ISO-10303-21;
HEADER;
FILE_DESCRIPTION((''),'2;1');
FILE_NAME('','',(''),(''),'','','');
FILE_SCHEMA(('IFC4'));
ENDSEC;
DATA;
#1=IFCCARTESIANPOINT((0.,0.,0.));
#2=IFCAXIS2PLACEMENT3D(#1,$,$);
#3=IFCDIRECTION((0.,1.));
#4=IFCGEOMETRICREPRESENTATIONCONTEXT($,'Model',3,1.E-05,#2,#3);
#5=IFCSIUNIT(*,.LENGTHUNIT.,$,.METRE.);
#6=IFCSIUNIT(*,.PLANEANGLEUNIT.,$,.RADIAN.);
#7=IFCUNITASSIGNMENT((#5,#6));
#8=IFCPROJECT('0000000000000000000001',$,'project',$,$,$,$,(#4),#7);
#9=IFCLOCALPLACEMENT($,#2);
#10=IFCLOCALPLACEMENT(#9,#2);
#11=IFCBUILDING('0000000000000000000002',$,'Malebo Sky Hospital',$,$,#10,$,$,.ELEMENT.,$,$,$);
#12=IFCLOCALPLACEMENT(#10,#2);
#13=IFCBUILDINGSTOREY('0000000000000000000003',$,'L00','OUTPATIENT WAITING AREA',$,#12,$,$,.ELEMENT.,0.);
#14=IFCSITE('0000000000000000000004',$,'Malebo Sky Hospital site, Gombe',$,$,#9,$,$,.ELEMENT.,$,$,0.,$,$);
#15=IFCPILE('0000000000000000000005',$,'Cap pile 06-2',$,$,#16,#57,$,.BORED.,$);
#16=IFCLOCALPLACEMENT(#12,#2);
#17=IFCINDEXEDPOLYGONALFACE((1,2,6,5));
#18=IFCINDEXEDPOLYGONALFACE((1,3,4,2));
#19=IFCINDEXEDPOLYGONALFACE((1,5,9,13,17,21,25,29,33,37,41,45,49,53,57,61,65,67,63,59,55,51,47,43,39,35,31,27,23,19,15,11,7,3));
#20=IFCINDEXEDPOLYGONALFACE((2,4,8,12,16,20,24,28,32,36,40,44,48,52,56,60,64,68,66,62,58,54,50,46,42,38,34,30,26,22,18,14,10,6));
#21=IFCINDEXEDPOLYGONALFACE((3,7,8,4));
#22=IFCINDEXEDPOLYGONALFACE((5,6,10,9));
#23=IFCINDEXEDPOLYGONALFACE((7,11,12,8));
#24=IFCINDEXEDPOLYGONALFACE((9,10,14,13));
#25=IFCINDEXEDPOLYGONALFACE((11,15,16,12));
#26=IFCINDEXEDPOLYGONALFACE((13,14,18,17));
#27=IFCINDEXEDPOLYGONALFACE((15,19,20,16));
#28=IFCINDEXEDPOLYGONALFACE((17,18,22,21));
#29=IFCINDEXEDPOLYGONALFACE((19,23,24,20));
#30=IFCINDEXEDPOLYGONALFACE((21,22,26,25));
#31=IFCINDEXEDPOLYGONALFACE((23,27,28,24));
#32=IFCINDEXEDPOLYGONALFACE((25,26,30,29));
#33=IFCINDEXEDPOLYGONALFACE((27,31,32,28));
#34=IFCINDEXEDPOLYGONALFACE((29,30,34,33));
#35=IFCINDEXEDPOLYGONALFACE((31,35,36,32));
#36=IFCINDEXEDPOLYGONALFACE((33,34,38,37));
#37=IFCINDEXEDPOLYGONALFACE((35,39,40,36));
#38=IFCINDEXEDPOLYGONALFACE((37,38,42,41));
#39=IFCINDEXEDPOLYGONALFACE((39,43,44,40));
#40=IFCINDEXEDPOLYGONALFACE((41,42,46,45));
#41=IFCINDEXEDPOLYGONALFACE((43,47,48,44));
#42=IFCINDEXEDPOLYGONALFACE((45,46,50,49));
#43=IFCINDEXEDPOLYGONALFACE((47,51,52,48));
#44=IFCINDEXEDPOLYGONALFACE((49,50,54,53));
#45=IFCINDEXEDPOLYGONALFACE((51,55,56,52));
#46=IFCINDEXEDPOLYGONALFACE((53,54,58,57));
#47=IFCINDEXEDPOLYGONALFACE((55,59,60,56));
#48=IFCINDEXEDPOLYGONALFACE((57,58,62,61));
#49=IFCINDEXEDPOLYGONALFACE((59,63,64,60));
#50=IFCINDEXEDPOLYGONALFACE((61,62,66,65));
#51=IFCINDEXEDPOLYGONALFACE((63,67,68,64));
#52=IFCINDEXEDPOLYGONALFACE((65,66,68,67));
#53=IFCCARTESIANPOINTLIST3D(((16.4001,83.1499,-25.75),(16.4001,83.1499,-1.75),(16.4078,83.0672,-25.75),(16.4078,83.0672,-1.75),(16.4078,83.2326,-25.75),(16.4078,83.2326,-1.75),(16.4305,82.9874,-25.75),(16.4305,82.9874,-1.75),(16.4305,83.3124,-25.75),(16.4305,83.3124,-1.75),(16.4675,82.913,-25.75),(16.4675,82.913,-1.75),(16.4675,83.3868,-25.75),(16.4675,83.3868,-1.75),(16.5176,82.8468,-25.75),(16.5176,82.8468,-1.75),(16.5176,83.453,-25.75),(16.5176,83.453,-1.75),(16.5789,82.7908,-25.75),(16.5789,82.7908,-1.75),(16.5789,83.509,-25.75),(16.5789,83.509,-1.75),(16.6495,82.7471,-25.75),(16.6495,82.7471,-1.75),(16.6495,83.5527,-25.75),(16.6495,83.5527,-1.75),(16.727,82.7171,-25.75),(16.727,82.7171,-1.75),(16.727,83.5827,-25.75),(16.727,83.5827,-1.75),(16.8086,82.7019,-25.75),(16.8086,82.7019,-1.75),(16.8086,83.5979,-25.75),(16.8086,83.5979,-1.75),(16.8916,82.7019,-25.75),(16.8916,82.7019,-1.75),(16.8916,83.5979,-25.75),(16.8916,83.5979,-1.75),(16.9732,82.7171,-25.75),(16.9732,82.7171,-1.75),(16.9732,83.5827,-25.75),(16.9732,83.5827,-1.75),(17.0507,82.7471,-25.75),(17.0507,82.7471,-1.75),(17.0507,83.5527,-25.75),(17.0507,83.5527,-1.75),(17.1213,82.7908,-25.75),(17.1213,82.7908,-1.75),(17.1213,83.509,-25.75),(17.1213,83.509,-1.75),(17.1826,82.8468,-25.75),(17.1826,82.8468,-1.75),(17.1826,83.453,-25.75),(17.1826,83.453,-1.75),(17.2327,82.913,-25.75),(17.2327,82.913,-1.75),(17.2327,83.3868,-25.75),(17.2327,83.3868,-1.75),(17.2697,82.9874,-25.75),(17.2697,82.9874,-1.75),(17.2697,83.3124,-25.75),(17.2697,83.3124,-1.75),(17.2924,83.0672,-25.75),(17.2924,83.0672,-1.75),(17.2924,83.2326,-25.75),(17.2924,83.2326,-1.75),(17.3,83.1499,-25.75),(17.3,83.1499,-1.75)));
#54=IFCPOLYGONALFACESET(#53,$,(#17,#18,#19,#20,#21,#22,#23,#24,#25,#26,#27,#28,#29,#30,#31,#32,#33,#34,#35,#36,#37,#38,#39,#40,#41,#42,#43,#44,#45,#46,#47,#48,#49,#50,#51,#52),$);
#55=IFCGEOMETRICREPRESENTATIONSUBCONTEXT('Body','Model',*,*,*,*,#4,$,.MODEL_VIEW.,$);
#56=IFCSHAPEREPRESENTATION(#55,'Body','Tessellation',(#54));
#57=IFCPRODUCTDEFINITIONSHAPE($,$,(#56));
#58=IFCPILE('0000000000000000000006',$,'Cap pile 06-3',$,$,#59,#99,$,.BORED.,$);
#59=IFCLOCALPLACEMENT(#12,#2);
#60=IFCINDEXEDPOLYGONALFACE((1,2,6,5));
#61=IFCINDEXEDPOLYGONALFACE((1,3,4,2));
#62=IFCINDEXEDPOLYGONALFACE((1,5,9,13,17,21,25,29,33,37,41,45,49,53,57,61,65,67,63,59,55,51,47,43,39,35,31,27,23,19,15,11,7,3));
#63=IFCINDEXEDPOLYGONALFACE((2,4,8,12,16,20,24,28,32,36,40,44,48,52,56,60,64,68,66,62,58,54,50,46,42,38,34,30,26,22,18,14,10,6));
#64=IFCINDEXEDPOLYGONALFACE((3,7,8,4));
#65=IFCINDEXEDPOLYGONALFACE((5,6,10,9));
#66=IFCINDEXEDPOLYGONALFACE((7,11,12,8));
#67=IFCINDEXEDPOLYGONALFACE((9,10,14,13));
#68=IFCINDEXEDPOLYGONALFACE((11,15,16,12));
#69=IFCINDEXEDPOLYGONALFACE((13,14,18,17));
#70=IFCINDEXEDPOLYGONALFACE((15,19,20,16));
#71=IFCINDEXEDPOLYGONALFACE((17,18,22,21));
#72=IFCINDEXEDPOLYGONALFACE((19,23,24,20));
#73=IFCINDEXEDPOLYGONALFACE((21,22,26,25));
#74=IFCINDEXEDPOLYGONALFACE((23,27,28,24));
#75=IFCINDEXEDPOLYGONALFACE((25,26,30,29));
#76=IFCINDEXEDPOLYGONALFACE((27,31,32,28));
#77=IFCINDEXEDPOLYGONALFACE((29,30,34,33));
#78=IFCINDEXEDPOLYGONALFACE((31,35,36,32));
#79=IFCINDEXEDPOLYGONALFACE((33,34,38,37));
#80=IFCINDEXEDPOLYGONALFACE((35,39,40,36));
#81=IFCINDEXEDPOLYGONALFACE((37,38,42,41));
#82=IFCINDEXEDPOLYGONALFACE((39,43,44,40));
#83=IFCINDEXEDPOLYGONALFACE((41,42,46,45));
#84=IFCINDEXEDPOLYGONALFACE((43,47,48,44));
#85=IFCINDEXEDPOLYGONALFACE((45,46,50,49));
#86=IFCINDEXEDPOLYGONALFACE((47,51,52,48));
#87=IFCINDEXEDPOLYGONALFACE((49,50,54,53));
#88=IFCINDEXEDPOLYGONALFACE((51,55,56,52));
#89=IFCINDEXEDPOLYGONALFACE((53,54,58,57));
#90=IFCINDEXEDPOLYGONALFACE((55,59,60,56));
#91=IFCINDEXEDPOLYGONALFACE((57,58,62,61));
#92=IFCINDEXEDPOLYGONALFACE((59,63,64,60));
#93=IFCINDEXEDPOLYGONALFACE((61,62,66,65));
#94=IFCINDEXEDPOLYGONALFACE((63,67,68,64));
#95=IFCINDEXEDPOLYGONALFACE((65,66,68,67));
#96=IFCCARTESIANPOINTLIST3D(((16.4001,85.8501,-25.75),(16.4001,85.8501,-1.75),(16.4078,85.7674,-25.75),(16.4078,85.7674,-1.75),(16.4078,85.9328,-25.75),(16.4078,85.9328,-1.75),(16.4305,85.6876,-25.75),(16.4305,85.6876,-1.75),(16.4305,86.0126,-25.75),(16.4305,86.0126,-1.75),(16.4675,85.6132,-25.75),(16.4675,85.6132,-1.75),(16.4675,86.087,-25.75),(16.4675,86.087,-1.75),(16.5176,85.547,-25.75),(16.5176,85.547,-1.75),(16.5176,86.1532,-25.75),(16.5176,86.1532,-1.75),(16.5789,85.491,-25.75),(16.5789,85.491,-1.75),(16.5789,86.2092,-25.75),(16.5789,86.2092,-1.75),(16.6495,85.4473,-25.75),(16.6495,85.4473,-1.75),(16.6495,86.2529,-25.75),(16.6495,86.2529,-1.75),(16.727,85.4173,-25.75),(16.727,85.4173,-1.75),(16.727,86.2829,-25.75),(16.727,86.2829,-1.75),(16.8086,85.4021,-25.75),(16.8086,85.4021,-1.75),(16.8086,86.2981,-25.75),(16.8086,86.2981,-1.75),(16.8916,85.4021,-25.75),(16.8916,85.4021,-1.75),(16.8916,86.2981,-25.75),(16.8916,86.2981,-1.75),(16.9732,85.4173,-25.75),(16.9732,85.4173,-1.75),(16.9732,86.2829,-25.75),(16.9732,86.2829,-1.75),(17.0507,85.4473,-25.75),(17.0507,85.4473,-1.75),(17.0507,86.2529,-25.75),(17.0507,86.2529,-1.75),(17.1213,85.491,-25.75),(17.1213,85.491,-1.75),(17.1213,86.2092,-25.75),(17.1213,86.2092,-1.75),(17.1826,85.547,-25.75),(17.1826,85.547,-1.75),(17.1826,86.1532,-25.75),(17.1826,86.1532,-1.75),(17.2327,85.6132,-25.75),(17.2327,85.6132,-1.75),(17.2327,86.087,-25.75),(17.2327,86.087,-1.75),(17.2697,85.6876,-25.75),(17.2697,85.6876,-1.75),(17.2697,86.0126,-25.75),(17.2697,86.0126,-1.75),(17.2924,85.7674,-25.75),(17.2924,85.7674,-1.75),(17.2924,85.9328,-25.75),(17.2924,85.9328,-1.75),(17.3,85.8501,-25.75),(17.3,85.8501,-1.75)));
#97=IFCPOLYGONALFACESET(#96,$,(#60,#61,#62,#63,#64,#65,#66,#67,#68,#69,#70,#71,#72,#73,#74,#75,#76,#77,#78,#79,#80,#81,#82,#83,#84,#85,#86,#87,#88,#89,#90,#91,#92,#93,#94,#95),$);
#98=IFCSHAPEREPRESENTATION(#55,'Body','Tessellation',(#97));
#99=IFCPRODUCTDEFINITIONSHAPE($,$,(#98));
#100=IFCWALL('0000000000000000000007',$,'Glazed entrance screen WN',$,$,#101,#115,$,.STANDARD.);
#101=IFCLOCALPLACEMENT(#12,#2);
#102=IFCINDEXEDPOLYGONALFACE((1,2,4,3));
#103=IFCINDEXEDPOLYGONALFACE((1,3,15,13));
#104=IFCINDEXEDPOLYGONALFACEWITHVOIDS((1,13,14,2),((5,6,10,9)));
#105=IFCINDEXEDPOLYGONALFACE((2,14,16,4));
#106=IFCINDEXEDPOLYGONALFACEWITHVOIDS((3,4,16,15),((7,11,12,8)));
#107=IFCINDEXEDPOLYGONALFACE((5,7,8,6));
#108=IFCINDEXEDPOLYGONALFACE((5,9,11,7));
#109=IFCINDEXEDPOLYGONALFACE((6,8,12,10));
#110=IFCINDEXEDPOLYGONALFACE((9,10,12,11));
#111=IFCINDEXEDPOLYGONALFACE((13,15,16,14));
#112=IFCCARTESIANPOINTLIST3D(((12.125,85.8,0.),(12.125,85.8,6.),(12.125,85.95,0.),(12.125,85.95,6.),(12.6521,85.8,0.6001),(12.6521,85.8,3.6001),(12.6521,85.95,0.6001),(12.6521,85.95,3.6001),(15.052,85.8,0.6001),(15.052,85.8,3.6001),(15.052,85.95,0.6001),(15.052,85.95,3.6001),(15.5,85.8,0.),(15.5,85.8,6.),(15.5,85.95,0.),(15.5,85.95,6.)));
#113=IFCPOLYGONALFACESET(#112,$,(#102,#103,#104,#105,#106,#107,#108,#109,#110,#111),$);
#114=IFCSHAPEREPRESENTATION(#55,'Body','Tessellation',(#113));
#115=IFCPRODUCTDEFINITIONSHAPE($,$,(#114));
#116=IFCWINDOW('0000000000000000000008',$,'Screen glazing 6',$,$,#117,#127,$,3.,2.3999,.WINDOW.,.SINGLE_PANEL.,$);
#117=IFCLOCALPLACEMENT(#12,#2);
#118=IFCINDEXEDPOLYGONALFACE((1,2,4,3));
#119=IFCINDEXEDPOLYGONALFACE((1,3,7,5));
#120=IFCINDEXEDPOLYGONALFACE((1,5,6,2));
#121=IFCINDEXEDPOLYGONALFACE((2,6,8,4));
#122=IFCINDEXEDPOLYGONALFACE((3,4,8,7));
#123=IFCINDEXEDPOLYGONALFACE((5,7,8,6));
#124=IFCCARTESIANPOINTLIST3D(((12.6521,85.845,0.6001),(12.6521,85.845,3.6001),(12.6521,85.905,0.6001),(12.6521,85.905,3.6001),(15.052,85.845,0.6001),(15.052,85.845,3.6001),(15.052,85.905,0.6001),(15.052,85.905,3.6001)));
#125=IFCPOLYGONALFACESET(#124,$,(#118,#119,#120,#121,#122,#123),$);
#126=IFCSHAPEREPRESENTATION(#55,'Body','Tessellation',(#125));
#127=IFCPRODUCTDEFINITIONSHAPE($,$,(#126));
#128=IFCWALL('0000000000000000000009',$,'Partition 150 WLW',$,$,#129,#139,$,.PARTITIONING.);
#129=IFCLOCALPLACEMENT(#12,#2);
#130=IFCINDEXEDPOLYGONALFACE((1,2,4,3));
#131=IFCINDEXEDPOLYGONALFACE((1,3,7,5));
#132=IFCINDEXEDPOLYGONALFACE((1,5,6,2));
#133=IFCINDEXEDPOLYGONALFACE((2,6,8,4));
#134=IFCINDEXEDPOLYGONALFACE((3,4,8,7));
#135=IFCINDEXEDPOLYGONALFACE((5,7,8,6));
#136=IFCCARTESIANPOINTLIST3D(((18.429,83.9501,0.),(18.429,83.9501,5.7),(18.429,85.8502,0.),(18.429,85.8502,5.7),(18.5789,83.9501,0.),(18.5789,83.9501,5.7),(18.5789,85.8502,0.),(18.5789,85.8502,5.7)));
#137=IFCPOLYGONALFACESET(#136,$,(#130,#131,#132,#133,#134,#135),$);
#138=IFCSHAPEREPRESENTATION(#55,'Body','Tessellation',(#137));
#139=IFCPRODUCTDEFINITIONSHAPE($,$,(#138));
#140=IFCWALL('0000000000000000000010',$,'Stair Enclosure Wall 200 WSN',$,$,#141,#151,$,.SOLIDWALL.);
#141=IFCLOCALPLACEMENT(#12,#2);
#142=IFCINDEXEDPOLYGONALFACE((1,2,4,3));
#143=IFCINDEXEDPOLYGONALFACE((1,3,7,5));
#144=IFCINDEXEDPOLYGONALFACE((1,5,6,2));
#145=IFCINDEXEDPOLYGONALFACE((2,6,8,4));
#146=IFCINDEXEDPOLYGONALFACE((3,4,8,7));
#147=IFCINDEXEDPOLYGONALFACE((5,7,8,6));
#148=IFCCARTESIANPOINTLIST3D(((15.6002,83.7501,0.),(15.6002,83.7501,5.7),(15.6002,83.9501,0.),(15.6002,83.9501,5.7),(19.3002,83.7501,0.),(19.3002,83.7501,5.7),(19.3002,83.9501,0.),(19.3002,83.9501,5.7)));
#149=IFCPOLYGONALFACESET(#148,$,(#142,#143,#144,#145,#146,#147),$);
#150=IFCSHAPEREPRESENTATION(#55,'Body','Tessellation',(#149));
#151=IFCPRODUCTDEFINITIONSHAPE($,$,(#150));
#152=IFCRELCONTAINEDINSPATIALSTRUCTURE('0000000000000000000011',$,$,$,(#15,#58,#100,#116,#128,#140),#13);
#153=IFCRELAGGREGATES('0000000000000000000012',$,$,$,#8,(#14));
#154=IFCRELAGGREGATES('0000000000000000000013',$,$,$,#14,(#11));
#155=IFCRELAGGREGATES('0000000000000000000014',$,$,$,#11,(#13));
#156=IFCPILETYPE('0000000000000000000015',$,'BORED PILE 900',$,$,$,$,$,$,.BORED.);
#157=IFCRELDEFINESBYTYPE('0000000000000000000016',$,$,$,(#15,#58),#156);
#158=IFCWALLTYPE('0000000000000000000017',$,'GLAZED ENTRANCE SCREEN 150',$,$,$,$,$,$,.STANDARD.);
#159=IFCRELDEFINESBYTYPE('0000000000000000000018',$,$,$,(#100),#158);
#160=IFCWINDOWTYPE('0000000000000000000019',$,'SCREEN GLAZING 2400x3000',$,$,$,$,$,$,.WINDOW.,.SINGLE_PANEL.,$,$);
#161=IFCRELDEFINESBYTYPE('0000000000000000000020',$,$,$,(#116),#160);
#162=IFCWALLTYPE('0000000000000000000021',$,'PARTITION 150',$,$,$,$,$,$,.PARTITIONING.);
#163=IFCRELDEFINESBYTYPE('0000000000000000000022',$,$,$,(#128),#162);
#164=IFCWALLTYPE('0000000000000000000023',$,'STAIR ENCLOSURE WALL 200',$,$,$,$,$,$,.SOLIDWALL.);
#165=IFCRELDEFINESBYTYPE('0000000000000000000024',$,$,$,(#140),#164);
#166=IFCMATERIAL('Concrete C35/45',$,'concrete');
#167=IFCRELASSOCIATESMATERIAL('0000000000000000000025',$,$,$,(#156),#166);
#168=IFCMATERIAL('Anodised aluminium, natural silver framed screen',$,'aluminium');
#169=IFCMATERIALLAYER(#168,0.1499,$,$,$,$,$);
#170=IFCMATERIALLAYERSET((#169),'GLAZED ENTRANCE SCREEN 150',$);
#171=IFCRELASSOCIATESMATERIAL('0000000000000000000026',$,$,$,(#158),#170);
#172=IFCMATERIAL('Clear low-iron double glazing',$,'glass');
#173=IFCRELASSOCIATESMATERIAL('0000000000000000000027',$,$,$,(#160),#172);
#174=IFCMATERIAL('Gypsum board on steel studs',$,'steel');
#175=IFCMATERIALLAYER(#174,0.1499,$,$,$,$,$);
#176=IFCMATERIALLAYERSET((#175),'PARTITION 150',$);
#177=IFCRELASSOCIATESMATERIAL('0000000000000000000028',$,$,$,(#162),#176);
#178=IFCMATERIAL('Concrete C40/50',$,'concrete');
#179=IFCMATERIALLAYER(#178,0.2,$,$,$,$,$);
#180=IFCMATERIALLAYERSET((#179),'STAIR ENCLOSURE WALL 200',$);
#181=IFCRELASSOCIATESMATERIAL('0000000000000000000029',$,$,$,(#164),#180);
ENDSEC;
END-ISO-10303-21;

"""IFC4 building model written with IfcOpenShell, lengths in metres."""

from ifc_helpers import new_model, si_unit, direction, frame, frame_2d, origin, origin_2d, place, context, subcontext, project, spatial, rectangle, circle, extrude, material, layer, layer_set, material_profile, profile_set, type_object, element, fill, save


model = new_model("IFC4")

# Units and contexts
model_context = context("Model", 3, precision=1e-05, world=origin(), true_north=direction((0.0, 1.0)))
body_context = subcontext(model_context, "Body", "Model", "MODEL_VIEW")
ifc_project = project(units=[si_unit("LENGTHUNIT", "METRE"), si_unit("PLANEANGLEUNIT", "RADIAN")], contexts=[model_context])

# Site, building, storey
site_placement = place(None, origin())
site = spatial("IfcSite", under=ifc_project, at=site_placement, Name="Malebo Sky Hospital site, Gombe", CompositionType="ELEMENT", RefElevation=0.0)
building_placement = place(site_placement, origin())
building = spatial("IfcBuilding", under=site, at=building_placement, Name="Malebo Sky Hospital", CompositionType="ELEMENT")
storey_placement = place(building_placement, origin())
storey = spatial("IfcBuildingStorey", under=building, at=storey_placement, Name="L00", Description="OUTPATIENT WAITING AREA", CompositionType="ELEMENT", Elevation=0.0)

# Piles
ifc_material_1 = material(Name="Concrete C35/45", Category="concrete")
ifc_material_profile = material_profile(ifc_material_1, circle(Radius=0.45, at=origin_2d()), Name="BP 900")
ifc_profile_set = profile_set([ifc_material_profile], Name="Concrete C35/45")
pile_type = type_object("IfcPileType", Name="BORED PILE 900", PredefinedType="BORED", material=ifc_profile_set)
for number, where, z_axis, x_axis, name in (
    (1, (16.8501, 83.1499, -1.75), (0.0, 0.0, -1.0), (1.0, 0.0, 0.0), "Cap pile 06-2"),
    (2, (16.8501, 85.8501, -1.75), (0.0, 0.0, -1.0), (1.0, 0.0, 0.0), "Cap pile 06-3"),
):
    element("IfcPile", number, at=place(storey_placement, frame(where, z_axis=z_axis, x_axis=x_axis)), inside=storey, type_object=pile_type, Name=name, PredefinedType="BORED", context=body_context, shape_type="SweptSolid", body=[
        extrude(circle(Radius=0.45, at=origin_2d()), origin(), (0.0, 0.0, 1.0), 24.0),
    ])

# Wall, opening, window
ifc_material_2 = material(Name="Anodised aluminium, natural silver framed screen", Category="aluminium")
ifc_layer_1 = layer(ifc_material_2, 0.1499)
ifc_layer_set_1 = layer_set([ifc_layer_1], Name="GLAZED ENTRANCE SCREEN 150")
wall_type_1 = type_object("IfcWallType", Name="GLAZED ENTRANCE SCREEN 150", PredefinedType="STANDARD", material=ifc_layer_set_1)
wall_1_placement = place(storey_placement, frame((15.5, 85.875, 0.0), z_axis=(0.0, 0.0, 1.0), x_axis=(-1.0, 0.0, 0.0)))
wall_1 = element("IfcWall", 3, at=wall_1_placement, inside=storey, type_object=wall_type_1, Name="Glazed entrance screen WN", PredefinedType="STANDARD", context=body_context, shape_type="SweptSolid", body=[
    extrude(rectangle(XDim=3.375, YDim=0.1499, at=frame_2d((1.6875, 0.0))), origin(), (0.0, 0.0, 1.0), 6.0),
])
opening_placement = place(wall_1_placement, frame((0.448, 0.0, 0.6001)))
opening = element("IfcOpeningElement", 4, at=opening_placement, cuts=wall_1, PredefinedType="OPENING", context=body_context, shape_type="SweptSolid", body=[
    extrude(rectangle(XDim=2.3999, YDim=3.0, at=frame_2d((1.2, 1.5))), frame((0.0, 0.085, 0.0), z_axis=(0.0, -1.0, 0.0), x_axis=(1.0, 0.0, 0.0)), (0.0, 0.0, 1.0), 0.1699),
])
ifc_material_3 = material(Name="Clear low-iron double glazing", Category="glass")
window_type = type_object("IfcWindowType", Name="SCREEN GLAZING 2400x3000", PartitioningType="SINGLE_PANEL", PredefinedType="WINDOW", material=ifc_material_3)
window_placement = place(opening_placement, origin())
window = element("IfcWindow", 5, at=window_placement, inside=storey, type_object=window_type, Name="Screen glazing 6", OverallHeight=3.0, OverallWidth=2.3999, PartitioningType="SINGLE_PANEL", PredefinedType="WINDOW", context=body_context, shape_type="SweptSolid", body=[
    extrude(rectangle(XDim=2.3999, YDim=3.0, at=frame_2d((1.2, 1.5))), frame((0.0, 0.03, 0.0), z_axis=(0.0, -1.0, 0.0), x_axis=(1.0, 0.0, 0.0)), (0.0, 0.0, 1.0), 0.0601),
])
fill(opening, window)

# Walls
ifc_material_4 = material(Name="Gypsum board on steel studs", Category="steel")
ifc_layer_2 = layer(ifc_material_4, 0.1499)
ifc_layer_set_2 = layer_set([ifc_layer_2], Name="PARTITION 150")
wall_type_2 = type_object("IfcWallType", Name="PARTITION 150", PredefinedType="PARTITIONING", material=ifc_layer_set_2)
wall_2_placement = place(storey_placement, frame((18.5039, 83.95, 0.0), z_axis=(0.0, 0.0, 1.0), x_axis=(0.0, 1.0, 0.0)))
element("IfcWall", 6, at=wall_2_placement, inside=storey, type_object=wall_type_2, Name="Partition 150 WLW", PredefinedType="PARTITIONING", context=body_context, shape_type="SweptSolid", body=[
    extrude(rectangle(XDim=1.9001, YDim=0.1499, at=frame_2d((0.9502, 0.0))), origin(), (0.0, 0.0, 1.0), 5.7),
])
ifc_material_5 = material(Name="Concrete C40/50", Category="concrete")
ifc_layer_3 = layer(ifc_material_5, 0.2)
ifc_layer_set_3 = layer_set([ifc_layer_3], Name="STAIR ENCLOSURE WALL 200")
wall_type_3 = type_object("IfcWallType", Name="STAIR ENCLOSURE WALL 200", PredefinedType="SOLIDWALL", material=ifc_layer_set_3)
wall_3_placement = place(storey_placement, frame((15.6001, 83.8501, 0.0), z_axis=(0.0, 0.0, 1.0), x_axis=(1.0, 0.0, 0.0)))
element("IfcWall", 7, at=wall_3_placement, inside=storey, type_object=wall_type_3, Name="Stair Enclosure Wall 200 WSN", PredefinedType="SOLIDWALL", context=body_context, shape_type="SweptSolid", body=[
    extrude(rectangle(XDim=3.7, YDim=0.2, at=frame_2d((1.8501, 0.0))), origin(), (0.0, 0.0, 1.0), 5.7),
])

save(model, "model.ifc")
